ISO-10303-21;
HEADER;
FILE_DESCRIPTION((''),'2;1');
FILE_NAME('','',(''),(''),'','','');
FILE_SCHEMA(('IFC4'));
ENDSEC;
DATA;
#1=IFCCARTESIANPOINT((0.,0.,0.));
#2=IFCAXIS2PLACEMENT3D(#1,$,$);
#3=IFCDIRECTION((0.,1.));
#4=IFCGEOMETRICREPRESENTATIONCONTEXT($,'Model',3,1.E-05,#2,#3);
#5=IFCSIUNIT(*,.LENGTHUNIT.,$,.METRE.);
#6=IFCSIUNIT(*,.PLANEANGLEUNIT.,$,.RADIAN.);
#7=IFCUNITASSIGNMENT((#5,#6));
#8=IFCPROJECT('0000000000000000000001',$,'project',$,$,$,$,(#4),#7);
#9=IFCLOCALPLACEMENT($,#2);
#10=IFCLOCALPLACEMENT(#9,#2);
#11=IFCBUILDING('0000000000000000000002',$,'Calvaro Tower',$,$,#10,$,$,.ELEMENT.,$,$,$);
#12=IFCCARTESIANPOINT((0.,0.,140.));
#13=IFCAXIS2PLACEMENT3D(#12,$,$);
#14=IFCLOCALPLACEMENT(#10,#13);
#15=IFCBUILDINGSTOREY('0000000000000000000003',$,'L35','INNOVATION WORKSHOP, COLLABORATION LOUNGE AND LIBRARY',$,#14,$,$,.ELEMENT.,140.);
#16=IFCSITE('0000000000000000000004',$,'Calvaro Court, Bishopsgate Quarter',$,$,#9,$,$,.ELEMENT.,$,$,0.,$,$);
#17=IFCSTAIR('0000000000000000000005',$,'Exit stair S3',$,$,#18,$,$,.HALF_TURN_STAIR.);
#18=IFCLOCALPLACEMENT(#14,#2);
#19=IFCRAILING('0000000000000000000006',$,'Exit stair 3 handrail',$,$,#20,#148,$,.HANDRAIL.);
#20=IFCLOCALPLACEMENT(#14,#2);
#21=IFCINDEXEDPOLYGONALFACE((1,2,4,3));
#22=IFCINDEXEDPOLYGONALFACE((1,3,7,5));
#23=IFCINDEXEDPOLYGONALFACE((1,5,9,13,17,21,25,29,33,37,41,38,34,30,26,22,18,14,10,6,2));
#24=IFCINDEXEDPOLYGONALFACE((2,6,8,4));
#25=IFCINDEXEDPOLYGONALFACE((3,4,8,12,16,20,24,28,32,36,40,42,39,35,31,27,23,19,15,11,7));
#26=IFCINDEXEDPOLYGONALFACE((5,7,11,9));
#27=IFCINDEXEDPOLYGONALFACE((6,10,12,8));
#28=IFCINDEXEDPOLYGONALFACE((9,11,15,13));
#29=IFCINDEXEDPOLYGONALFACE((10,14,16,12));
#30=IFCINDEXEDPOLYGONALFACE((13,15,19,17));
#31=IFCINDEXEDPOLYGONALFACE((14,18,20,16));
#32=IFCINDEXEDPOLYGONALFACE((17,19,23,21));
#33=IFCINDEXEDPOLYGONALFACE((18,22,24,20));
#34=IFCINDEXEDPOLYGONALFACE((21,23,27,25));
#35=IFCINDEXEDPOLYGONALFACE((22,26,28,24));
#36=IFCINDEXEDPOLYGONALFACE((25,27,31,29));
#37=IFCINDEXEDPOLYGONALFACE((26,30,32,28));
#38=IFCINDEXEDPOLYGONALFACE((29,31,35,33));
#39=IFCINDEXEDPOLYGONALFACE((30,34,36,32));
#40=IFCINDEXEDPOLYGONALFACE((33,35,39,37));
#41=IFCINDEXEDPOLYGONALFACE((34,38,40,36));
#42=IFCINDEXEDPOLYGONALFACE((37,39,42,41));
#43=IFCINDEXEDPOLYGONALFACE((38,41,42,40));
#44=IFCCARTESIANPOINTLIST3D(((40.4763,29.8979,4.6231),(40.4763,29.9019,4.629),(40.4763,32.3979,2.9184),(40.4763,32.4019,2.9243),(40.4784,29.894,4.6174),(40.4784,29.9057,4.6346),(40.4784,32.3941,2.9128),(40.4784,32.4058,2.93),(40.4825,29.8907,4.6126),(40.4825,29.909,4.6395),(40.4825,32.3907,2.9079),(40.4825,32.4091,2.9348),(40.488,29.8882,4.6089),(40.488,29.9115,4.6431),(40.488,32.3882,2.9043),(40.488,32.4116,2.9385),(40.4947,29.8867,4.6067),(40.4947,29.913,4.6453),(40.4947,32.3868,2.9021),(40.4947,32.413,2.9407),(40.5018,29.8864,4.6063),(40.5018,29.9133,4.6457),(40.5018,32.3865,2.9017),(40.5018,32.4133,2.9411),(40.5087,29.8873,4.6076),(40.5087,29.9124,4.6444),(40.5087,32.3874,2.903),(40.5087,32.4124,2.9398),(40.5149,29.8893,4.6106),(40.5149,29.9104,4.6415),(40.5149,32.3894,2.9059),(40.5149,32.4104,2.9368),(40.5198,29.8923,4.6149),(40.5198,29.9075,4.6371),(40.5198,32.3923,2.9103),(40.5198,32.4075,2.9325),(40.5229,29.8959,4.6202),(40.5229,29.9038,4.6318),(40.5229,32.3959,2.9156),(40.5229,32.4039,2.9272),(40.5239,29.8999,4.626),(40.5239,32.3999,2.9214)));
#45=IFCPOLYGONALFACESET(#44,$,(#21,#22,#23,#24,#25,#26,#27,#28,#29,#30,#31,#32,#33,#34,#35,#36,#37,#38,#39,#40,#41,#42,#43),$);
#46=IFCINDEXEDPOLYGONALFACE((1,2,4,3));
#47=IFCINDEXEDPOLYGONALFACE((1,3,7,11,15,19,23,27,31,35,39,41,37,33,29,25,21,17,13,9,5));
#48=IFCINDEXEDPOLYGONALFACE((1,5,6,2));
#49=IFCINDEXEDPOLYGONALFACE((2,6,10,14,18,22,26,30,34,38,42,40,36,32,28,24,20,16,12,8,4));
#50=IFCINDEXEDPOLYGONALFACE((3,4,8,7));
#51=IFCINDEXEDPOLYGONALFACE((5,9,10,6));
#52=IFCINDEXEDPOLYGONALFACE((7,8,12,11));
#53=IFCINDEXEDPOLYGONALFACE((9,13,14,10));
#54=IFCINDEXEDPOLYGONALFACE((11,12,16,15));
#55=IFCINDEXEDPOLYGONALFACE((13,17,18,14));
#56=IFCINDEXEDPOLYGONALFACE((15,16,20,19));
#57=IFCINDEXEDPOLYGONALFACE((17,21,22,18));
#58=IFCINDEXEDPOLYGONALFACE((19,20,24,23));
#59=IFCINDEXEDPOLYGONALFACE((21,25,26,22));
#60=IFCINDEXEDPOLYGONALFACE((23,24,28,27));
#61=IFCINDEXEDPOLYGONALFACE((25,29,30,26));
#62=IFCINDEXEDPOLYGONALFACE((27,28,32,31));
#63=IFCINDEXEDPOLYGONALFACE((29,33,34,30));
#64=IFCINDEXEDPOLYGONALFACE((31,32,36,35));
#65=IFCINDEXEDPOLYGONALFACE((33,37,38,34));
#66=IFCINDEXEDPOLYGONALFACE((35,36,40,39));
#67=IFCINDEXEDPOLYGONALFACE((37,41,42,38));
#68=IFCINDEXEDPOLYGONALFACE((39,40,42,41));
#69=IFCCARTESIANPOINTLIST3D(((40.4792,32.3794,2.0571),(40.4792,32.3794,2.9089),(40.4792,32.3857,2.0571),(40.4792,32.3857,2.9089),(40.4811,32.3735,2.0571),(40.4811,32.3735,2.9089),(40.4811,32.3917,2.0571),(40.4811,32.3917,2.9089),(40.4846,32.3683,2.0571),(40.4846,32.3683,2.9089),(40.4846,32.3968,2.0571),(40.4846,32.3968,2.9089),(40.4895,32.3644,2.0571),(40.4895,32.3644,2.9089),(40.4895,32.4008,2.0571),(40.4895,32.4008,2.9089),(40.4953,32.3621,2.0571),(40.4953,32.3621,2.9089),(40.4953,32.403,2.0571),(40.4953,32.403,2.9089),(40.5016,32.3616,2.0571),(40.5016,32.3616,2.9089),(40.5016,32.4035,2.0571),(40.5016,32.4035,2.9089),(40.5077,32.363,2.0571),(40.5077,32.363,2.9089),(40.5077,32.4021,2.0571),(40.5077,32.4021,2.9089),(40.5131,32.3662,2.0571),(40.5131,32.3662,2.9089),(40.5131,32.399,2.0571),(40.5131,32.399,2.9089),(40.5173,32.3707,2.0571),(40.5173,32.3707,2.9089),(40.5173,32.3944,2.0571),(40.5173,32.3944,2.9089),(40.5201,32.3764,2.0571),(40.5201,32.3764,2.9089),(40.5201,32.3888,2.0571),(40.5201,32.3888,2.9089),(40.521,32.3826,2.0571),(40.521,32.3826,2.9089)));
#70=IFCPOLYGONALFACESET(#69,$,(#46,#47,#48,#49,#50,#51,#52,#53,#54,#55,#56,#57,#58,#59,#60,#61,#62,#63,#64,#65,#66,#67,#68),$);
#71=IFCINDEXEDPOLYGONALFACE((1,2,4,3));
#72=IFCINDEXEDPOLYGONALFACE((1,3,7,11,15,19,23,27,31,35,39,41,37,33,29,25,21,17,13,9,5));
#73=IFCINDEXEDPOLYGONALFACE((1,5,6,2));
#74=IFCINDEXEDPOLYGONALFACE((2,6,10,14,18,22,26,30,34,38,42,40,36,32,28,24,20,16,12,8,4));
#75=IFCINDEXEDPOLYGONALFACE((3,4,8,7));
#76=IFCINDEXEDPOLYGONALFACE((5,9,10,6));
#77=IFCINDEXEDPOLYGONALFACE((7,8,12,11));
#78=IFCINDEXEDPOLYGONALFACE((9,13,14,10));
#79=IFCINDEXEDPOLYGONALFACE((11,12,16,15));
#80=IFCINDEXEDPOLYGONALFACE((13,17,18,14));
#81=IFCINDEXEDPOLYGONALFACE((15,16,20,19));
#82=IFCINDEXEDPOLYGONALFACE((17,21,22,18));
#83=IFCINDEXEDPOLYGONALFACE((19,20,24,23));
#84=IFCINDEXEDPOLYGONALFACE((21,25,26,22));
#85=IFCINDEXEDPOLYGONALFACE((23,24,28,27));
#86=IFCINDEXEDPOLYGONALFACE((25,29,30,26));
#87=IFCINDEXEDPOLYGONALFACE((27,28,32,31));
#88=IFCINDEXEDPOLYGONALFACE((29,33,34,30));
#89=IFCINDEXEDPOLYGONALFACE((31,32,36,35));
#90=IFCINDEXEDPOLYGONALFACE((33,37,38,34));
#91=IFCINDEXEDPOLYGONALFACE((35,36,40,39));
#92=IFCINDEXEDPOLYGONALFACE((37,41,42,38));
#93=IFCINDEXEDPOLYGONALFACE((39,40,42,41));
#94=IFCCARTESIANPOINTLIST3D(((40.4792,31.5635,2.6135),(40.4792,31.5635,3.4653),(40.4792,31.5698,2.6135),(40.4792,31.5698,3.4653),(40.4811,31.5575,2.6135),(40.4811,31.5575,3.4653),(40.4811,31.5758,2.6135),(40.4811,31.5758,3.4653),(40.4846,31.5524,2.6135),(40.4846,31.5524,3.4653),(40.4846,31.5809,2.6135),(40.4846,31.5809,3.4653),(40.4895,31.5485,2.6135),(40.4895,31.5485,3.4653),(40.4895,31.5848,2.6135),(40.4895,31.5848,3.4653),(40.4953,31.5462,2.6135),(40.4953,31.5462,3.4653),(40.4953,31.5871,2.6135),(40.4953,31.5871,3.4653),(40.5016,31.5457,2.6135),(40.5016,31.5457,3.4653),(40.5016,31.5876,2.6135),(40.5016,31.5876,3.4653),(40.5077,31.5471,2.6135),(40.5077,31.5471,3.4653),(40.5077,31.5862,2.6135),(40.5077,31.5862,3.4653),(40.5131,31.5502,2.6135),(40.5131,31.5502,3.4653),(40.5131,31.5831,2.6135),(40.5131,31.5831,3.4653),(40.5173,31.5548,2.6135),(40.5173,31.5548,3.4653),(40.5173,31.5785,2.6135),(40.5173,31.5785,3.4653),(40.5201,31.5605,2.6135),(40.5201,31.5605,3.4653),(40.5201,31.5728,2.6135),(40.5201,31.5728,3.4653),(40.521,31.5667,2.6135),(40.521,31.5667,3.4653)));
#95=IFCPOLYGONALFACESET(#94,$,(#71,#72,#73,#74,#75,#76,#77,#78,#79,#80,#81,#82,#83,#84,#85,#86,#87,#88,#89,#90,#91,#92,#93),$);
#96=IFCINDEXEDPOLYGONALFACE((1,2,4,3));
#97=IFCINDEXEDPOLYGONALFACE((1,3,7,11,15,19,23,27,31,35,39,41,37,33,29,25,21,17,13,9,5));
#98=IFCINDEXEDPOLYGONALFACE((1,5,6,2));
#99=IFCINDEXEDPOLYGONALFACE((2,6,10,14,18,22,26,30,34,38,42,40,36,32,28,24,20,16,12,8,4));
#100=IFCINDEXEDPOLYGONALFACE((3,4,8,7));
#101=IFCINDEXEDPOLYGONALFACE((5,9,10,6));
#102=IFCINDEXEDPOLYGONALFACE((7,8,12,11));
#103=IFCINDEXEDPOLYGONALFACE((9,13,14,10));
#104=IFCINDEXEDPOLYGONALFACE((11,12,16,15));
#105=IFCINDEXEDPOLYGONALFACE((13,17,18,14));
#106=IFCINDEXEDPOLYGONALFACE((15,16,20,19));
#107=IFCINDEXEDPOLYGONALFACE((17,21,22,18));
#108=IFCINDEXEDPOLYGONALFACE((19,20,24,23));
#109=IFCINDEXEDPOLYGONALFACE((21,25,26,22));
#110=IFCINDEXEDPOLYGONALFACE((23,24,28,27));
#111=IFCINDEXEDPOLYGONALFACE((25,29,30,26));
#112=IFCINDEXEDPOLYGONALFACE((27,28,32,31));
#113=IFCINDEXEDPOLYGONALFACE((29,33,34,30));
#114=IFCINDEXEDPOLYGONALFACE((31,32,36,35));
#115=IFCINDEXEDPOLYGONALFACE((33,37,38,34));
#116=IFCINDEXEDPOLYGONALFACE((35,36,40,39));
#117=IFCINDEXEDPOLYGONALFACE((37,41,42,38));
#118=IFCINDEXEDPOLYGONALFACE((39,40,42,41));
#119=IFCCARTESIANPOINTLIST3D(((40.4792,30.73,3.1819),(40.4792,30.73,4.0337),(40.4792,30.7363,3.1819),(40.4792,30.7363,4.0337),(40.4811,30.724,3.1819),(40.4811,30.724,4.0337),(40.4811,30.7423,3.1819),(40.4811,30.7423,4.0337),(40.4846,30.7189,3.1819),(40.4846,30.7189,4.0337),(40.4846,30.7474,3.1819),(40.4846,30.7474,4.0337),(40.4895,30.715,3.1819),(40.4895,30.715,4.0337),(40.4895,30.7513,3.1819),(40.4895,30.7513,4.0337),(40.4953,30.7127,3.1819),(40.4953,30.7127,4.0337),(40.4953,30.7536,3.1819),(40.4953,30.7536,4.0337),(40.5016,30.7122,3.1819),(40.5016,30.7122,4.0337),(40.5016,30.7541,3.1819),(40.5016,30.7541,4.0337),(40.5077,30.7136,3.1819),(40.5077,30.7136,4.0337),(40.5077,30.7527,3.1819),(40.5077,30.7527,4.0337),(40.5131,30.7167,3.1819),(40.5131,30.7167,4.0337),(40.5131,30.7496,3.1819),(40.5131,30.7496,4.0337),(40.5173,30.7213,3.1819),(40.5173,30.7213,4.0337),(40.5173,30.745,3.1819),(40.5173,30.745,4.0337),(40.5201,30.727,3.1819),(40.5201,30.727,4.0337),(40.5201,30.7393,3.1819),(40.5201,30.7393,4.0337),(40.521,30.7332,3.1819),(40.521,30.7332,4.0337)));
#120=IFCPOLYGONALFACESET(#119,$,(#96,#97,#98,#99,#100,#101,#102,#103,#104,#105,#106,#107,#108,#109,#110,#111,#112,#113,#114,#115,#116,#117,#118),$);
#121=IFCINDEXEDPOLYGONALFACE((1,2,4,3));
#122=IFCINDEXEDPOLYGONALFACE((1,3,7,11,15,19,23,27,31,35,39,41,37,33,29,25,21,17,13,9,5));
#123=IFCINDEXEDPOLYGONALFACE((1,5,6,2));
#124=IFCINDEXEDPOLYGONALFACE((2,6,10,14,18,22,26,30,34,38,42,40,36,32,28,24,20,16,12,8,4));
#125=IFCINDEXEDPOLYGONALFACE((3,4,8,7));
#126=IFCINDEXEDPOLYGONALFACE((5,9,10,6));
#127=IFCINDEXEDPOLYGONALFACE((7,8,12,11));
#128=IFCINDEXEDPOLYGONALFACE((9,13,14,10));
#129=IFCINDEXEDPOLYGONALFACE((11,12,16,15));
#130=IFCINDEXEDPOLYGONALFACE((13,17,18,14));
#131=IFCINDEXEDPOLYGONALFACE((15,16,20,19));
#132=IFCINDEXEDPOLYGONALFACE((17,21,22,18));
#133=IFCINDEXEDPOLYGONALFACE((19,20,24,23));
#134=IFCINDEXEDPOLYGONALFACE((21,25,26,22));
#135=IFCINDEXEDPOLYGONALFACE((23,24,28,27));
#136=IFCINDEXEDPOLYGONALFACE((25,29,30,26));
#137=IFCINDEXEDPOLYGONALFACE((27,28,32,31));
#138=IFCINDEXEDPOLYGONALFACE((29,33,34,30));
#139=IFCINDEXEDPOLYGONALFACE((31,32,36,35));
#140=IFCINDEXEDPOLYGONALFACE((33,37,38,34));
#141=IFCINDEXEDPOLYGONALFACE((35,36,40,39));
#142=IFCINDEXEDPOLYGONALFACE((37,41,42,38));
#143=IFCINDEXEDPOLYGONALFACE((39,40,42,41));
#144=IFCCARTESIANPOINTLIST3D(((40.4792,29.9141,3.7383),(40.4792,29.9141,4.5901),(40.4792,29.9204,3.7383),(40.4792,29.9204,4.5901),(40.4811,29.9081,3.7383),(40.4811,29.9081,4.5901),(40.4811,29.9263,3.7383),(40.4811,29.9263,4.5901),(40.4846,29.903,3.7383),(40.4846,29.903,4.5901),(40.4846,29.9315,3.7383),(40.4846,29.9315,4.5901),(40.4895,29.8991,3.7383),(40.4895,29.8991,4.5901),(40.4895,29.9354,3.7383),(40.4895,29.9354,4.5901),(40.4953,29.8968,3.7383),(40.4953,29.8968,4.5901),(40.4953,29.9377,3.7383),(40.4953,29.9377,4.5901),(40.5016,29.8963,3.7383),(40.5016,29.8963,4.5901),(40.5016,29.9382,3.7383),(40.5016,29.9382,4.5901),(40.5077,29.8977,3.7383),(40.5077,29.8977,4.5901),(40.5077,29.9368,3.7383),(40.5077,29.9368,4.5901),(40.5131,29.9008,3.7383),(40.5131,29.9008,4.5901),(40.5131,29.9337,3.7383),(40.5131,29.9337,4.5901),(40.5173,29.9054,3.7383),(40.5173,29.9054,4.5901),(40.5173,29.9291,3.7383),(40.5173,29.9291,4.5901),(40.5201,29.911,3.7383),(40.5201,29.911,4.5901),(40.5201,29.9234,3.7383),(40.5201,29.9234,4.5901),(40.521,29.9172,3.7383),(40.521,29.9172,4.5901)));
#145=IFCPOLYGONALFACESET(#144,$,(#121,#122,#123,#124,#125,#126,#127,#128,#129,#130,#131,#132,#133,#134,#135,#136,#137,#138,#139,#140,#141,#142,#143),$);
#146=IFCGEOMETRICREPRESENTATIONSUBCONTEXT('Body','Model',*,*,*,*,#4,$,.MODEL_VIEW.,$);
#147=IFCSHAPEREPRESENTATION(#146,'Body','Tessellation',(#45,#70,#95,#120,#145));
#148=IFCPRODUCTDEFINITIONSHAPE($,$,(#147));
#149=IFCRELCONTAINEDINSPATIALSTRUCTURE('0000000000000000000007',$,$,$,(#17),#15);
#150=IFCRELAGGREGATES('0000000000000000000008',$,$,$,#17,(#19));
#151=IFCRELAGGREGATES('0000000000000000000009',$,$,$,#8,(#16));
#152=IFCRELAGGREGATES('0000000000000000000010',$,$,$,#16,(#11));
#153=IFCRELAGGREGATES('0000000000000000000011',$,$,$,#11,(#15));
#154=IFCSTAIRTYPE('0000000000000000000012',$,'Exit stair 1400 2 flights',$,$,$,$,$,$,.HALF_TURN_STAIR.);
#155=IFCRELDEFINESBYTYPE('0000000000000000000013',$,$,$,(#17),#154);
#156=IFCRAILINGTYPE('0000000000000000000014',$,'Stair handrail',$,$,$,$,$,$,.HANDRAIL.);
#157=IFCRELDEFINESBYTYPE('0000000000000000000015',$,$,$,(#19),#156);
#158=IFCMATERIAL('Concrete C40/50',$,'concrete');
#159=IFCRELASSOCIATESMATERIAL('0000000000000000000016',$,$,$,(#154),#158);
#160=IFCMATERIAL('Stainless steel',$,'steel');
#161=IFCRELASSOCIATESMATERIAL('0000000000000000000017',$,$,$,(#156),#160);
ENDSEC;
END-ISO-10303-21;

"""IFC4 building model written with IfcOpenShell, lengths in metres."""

from ifc_helpers import new_model, si_unit, direction, frame, origin, origin_2d, place, context, subcontext, project, spatial, circle, extrude, material, type_object, element, aggregate, save


model = new_model("IFC4")

# Units and contexts
model_context = context("Model", 3, precision=1e-05, world=origin(), true_north=direction((0.0, 1.0)))
body_context = subcontext(model_context, "Body", "Model", "MODEL_VIEW")
ifc_project = project(units=[si_unit("LENGTHUNIT", "METRE"), si_unit("PLANEANGLEUNIT", "RADIAN")], contexts=[model_context])

# Site, building, storey
site_placement = place(None, origin())
site = spatial("IfcSite", under=ifc_project, at=site_placement, Name="Calvaro Court, Bishopsgate Quarter", CompositionType="ELEMENT", RefElevation=0.0)
building_placement = place(site_placement, origin())
building = spatial("IfcBuilding", under=site, at=building_placement, Name="Calvaro Tower", CompositionType="ELEMENT")
storey_placement = place(building_placement, frame((0.0, 0.0, 140.0)))
storey = spatial("IfcBuildingStorey", under=building, at=storey_placement, Name="L35", Description="INNOVATION WORKSHOP, COLLABORATION LOUNGE AND LIBRARY", CompositionType="ELEMENT", Elevation=140.0)

# Stair
ifc_material_1 = material(Name="Concrete C40/50", Category="concrete")
stair_type = type_object("IfcStairType", Name="Exit stair 1400 2 flights", PredefinedType="HALF_TURN_STAIR", material=ifc_material_1)
stair_1_placement = place(storey_placement, origin())
stair_1 = element("IfcStair", 1, at=stair_1_placement, inside=storey, type_object=stair_type, Name="Exit stair S3", PredefinedType="HALF_TURN_STAIR")

# Railing
ifc_material_2 = material(Name="Stainless steel", Category="steel")
railing_type = type_object("IfcRailingType", Name="Stair handrail", PredefinedType="HANDRAIL", material=ifc_material_2)
railing_1_placement = place(storey_placement, frame((40.5, 32.3999, 2.0454)))
railing_1 = element("IfcRailing", 2, at=railing_1_placement, type_object=railing_type, Name="Exit stair 3 handrail", PredefinedType="HANDRAIL", context=body_context, shape_type="SweptSolid", body=[
    extrude(circle(Radius=0.0239, at=origin_2d()), frame((0.0, 0.0, 0.876), z_axis=(0.0, -0.826221, 0.563347), x_axis=(1.0, 0.0, 0.0)), (0.0, 0.0, 1.0), 3.0259),
    extrude(circle(Radius=0.021, at=origin_2d()), frame((0.0, -0.0173, 0.0117)), (0.0, 0.0, 1.0), 0.8518),
    extrude(circle(Radius=0.021, at=origin_2d()), frame((0.0, -0.8333, 0.5681)), (0.0, 0.0, 1.0), 0.8518),
    extrude(circle(Radius=0.021, at=origin_2d()), frame((0.0, -1.6667, 1.1365)), (0.0, 0.0, 1.0), 0.8518),
    extrude(circle(Radius=0.021, at=origin_2d()), frame((0.0, -2.4827, 1.6929)), (0.0, 0.0, 1.0), 0.8518),
])
aggregate(stair_1, [railing_1])

save(model, "model.ifc")
